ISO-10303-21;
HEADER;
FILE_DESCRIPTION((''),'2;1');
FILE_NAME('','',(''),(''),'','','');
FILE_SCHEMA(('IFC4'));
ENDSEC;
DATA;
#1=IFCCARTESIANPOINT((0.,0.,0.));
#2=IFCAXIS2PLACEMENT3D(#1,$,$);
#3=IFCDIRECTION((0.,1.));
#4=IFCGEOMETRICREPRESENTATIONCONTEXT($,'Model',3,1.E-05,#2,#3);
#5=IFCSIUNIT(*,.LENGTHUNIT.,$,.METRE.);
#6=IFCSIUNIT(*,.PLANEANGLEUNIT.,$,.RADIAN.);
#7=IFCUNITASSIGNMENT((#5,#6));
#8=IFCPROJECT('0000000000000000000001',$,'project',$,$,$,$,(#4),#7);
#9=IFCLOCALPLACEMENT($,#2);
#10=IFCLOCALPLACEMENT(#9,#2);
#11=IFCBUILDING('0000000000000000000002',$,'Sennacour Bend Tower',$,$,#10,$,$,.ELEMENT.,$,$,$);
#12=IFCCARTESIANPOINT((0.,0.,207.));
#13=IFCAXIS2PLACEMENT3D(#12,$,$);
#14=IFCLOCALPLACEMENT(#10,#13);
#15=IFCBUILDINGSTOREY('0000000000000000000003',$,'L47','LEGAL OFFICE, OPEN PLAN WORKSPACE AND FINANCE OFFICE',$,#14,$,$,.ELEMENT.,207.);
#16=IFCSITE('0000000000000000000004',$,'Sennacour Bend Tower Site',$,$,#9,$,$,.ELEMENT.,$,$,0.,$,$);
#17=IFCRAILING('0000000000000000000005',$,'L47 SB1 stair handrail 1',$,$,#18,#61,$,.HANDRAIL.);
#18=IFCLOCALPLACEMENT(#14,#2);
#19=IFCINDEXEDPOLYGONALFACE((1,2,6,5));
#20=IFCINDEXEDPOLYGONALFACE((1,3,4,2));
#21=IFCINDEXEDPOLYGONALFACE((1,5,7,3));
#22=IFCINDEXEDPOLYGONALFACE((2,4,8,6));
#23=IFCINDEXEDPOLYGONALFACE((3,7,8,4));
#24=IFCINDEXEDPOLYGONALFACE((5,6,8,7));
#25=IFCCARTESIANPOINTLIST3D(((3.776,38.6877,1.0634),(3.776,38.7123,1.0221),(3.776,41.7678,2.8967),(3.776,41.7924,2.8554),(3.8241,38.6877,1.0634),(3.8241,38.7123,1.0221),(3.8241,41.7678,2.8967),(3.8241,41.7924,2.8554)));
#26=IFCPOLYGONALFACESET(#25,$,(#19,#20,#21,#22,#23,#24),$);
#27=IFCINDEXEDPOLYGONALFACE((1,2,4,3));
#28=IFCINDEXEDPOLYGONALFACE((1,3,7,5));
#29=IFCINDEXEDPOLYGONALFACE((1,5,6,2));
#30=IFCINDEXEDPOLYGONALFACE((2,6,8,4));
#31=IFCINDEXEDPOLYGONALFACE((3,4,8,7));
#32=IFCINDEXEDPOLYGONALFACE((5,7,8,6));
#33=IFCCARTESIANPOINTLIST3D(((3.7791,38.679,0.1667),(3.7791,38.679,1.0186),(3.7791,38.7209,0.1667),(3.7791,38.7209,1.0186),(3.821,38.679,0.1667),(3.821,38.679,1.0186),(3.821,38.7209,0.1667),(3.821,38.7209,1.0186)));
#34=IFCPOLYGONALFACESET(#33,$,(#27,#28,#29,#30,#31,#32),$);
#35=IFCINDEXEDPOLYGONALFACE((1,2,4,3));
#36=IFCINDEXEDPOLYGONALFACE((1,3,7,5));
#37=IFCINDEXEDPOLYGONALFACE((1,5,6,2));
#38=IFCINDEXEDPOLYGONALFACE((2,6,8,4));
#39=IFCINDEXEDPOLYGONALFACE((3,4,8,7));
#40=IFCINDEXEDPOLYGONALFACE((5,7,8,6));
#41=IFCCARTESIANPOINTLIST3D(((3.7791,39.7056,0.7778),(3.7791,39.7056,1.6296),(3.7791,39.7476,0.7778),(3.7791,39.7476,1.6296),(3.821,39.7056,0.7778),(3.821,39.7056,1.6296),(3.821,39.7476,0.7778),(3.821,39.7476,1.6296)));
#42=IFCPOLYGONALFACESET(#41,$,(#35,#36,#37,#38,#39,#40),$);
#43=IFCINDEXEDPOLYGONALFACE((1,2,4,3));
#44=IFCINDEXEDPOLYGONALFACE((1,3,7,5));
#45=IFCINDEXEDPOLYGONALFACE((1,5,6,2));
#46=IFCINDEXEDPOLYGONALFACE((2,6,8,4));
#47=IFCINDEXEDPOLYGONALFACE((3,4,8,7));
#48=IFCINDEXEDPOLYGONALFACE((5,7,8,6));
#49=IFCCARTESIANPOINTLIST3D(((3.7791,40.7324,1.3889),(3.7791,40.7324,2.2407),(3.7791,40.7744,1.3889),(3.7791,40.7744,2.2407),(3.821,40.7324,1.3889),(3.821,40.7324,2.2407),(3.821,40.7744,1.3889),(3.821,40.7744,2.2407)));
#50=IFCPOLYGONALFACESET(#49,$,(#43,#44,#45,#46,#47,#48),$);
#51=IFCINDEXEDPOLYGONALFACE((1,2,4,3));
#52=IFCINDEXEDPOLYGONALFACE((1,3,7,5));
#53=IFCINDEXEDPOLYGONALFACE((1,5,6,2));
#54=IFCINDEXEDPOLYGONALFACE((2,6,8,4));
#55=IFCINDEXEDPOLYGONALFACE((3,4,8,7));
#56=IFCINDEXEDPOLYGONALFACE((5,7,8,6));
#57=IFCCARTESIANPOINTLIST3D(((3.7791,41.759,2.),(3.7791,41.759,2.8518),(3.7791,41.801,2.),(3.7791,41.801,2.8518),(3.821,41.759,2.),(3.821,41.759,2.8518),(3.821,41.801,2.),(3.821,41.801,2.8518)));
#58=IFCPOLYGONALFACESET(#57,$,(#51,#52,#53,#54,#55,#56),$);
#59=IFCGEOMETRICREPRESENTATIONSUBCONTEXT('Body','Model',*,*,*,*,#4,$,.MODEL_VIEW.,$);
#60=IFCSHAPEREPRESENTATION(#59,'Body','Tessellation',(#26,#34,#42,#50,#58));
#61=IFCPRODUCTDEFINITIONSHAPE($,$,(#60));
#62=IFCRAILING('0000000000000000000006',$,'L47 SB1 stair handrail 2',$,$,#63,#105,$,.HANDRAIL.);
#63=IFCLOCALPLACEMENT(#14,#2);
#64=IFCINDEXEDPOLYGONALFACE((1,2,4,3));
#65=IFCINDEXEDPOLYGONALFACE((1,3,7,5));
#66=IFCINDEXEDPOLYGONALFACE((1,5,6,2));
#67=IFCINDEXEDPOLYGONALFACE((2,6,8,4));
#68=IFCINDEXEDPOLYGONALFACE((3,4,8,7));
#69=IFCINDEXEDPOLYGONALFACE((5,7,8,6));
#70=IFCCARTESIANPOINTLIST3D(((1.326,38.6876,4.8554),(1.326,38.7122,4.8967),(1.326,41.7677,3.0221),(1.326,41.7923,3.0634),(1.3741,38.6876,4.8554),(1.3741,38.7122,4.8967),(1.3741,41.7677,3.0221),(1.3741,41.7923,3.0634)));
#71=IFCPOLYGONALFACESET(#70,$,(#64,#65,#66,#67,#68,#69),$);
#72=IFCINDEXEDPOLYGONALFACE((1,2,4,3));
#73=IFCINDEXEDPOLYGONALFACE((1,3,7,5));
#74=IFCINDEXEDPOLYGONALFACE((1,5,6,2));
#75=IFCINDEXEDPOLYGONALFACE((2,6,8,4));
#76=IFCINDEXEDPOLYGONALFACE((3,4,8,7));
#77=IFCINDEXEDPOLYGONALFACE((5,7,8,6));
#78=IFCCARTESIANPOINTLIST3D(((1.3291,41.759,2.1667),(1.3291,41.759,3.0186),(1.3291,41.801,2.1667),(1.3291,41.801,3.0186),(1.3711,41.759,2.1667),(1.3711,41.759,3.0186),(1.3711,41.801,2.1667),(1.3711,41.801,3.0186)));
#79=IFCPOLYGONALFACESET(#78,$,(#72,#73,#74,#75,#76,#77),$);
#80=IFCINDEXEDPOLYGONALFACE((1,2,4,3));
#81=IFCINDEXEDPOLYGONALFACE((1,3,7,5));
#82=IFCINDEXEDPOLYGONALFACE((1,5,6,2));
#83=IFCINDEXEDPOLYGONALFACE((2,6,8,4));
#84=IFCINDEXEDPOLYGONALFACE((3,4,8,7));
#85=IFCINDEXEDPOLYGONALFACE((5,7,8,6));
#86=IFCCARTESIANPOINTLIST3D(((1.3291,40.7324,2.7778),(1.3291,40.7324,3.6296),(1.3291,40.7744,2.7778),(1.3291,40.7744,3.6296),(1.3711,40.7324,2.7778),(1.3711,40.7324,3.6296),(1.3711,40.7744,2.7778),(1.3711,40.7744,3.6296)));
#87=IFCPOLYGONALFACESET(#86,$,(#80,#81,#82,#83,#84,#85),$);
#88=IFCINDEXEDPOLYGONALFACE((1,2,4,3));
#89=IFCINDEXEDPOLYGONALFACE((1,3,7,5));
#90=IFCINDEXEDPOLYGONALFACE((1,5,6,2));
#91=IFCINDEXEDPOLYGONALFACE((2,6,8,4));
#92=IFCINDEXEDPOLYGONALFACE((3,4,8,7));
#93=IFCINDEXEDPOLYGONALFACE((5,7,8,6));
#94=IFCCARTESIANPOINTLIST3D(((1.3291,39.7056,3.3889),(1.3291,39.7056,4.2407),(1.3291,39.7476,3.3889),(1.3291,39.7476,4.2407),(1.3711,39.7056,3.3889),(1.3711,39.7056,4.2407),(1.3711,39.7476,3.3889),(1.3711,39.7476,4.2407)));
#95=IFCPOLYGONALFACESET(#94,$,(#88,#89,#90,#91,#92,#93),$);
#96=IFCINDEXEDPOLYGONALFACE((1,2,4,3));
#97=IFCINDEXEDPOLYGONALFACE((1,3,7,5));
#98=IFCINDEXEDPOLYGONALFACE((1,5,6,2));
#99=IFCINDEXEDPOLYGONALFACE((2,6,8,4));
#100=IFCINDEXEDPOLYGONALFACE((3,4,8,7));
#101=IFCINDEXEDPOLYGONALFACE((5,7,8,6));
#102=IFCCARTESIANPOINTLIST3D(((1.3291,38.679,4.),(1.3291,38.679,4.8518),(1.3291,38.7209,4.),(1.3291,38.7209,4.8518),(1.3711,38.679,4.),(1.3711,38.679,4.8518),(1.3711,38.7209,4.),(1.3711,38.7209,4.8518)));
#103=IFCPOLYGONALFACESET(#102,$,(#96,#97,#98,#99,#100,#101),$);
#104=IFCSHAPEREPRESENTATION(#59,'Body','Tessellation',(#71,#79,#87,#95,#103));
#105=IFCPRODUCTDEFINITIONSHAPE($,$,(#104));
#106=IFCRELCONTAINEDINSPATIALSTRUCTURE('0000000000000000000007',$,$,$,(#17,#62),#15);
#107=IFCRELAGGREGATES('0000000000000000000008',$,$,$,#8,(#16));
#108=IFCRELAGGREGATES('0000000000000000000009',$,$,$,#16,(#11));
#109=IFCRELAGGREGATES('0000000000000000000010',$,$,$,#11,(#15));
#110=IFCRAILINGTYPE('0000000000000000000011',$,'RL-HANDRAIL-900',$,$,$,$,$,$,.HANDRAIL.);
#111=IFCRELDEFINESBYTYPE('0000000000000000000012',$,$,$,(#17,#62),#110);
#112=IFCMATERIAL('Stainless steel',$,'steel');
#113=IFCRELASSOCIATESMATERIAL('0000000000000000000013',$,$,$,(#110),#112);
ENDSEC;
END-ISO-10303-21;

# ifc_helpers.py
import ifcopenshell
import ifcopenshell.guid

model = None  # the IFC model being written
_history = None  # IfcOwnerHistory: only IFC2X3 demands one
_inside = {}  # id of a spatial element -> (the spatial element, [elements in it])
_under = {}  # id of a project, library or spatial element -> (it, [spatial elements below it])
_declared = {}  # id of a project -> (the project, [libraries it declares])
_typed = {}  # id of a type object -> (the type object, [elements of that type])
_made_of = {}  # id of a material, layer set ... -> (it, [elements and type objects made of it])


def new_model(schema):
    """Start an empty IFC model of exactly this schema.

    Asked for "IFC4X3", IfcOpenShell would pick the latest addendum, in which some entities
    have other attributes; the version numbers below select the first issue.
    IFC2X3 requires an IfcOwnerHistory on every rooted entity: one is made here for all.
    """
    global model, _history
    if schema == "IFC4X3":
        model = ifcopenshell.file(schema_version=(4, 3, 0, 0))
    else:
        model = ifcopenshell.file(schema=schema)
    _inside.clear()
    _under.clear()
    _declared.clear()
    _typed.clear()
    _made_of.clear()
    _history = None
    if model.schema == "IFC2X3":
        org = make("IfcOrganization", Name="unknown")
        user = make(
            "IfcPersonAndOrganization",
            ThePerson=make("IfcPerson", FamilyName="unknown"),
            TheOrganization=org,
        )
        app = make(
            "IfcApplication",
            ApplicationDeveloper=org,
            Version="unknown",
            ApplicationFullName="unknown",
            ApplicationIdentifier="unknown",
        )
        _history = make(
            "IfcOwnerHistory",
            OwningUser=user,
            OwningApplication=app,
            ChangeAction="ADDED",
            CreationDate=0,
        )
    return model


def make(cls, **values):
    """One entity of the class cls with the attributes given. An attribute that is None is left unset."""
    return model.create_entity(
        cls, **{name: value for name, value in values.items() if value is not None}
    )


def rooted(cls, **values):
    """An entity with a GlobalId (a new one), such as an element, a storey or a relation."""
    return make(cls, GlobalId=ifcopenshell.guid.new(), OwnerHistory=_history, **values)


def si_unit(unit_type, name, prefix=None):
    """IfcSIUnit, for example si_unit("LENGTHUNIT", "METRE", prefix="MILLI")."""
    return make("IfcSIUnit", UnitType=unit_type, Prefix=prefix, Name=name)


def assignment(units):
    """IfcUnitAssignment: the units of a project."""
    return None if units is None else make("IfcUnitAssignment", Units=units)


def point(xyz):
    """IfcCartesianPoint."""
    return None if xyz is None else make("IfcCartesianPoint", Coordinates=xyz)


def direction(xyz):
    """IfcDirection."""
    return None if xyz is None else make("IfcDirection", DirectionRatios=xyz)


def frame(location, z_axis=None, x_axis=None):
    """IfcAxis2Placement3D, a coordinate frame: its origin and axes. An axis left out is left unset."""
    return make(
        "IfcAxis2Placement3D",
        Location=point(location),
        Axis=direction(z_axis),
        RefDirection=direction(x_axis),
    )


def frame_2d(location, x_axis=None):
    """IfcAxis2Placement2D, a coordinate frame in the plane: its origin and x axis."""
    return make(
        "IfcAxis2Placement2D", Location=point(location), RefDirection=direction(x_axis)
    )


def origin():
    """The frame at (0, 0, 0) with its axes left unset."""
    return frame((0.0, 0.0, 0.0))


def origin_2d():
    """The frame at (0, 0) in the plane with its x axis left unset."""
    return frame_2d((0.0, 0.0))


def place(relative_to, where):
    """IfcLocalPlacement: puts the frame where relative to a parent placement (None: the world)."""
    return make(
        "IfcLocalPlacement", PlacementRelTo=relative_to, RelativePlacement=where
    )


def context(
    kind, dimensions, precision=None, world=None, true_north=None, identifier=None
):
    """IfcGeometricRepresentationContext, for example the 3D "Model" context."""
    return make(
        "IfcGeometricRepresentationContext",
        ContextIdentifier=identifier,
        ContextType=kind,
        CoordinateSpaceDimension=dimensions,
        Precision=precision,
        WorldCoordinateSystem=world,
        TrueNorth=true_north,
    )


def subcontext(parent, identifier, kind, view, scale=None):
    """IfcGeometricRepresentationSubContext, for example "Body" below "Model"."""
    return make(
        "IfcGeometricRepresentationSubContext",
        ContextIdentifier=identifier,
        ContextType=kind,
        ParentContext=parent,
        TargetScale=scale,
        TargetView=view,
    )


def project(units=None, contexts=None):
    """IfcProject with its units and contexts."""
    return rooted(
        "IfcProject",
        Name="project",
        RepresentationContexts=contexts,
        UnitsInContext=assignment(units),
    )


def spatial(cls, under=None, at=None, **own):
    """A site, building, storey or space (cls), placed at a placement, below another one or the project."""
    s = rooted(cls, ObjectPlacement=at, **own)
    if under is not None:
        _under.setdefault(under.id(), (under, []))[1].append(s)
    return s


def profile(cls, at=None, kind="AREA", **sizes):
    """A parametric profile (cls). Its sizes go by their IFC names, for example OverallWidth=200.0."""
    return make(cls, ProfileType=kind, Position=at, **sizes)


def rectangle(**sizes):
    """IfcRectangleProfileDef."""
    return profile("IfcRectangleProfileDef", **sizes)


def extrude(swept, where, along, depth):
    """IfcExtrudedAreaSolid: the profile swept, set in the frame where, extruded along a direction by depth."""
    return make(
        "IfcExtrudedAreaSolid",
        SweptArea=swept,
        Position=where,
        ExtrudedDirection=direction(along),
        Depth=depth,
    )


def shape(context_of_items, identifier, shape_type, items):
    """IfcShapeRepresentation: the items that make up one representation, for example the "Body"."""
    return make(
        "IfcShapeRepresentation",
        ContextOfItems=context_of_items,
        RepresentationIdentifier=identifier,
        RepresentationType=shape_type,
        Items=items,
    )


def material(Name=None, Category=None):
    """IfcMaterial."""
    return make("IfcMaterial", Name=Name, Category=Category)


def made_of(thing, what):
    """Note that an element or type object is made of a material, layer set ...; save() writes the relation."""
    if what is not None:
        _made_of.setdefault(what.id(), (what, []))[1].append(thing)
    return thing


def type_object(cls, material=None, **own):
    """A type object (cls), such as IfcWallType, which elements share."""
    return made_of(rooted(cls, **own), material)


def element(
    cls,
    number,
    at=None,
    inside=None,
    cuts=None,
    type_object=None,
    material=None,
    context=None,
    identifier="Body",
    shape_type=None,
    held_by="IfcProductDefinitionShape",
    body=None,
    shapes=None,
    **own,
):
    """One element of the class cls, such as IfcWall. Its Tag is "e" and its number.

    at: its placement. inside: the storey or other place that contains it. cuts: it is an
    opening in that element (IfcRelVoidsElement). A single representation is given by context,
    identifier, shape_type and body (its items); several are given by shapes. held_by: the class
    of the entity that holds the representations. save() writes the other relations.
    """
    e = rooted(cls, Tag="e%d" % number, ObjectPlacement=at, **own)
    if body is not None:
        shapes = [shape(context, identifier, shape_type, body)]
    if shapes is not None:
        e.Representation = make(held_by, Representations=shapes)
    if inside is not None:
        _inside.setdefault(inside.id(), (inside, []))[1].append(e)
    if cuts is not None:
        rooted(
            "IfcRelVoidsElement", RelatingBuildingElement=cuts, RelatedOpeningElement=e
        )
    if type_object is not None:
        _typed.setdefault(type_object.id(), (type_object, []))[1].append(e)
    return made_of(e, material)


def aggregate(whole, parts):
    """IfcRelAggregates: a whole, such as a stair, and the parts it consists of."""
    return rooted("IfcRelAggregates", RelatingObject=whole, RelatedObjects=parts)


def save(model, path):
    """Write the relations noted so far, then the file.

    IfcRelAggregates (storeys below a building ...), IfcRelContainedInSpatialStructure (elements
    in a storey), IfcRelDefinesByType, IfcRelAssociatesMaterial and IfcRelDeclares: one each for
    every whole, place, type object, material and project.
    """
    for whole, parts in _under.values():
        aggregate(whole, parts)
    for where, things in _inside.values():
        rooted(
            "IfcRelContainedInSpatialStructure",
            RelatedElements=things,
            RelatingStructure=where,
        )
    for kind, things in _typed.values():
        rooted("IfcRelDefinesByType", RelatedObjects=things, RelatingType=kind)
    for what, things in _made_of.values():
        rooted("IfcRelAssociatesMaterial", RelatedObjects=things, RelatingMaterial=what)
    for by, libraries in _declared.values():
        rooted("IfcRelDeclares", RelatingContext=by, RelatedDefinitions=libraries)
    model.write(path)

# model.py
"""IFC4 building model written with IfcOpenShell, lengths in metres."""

from ifc_helpers import new_model, si_unit, direction, frame, origin, origin_2d, place, context, subcontext, project, spatial, rectangle, extrude, material, type_object, element, save


model = new_model("IFC4")

# Units and contexts
model_context = context("Model", 3, precision=1e-05, world=origin(), true_north=direction((0.0, 1.0)))
body_context = subcontext(model_context, "Body", "Model", "MODEL_VIEW")
ifc_project = project(units=[si_unit("LENGTHUNIT", "METRE"), si_unit("PLANEANGLEUNIT", "RADIAN")], contexts=[model_context])

# Site, building, storey
site_placement = place(None, origin())
site = spatial("IfcSite", under=ifc_project, at=site_placement, Name="Sennacour Bend Tower Site", CompositionType="ELEMENT", RefElevation=0.0)
building_placement = place(site_placement, origin())
building = spatial("IfcBuilding", under=site, at=building_placement, Name="Sennacour Bend Tower", CompositionType="ELEMENT")
storey_placement = place(building_placement, frame((0.0, 0.0, 207.0)))
storey = spatial("IfcBuildingStorey", under=building, at=storey_placement, Name="L47", Description="LEGAL OFFICE, OPEN PLAN WORKSPACE AND FINANCE OFFICE", CompositionType="ELEMENT", Elevation=207.0)

# Railings
ifc_material_1 = material(Name="Stainless steel", Category="steel")
railing_type_1 = type_object("IfcRailingType", Name="RL-HANDRAIL-900", PredefinedType="HANDRAIL", material=ifc_material_1)
railing_1_placement = place(storey_placement, frame((3.8, 38.7, 0.1667)))
element("IfcRailing", 1, at=railing_1_placement, inside=storey, type_object=railing_type_1, Name="L47 SB1 stair handrail 1", PredefinedType="HANDRAIL", context=body_context, shape_type="SweptSolid", body=[
    extrude(rectangle(XDim=0.0481, YDim=0.0481, at=origin_2d()), frame((0.0, 0.0, 0.876), z_axis=(0.0, 0.859309, 0.511458), x_axis=(-1.0, 0.0, 0.0)), (0.0, 0.0, 1.0), 3.5845),
    extrude(rectangle(XDim=0.042, YDim=0.042, at=origin_2d()), origin(), (0.0, 0.0, 1.0), 0.8518),
    extrude(rectangle(XDim=0.042, YDim=0.042, at=origin_2d()), frame((0.0, 1.0266, 0.6111)), (0.0, 0.0, 1.0), 0.8518),
    extrude(rectangle(XDim=0.042, YDim=0.042, at=origin_2d()), frame((0.0, 2.0535, 1.2222)), (0.0, 0.0, 1.0), 0.8518),
    extrude(rectangle(XDim=0.042, YDim=0.042, at=origin_2d()), frame((0.0, 3.0801, 1.8333)), (0.0, 0.0, 1.0), 0.8518),
])
railing_2_placement = place(storey_placement, frame((1.3501, 41.78, 2.1667)))
element("IfcRailing", 2, at=railing_2_placement, inside=storey, type_object=railing_type_1, Name="L47 SB1 stair handrail 2", PredefinedType="HANDRAIL", context=body_context, shape_type="SweptSolid", body=[
    extrude(rectangle(XDim=0.0481, YDim=0.0481, at=origin_2d()), frame((0.0, 0.0, 0.876), z_axis=(0.0, -0.859309, 0.511458), x_axis=(1.0, 0.0, 0.0)), (0.0, 0.0, 1.0), 3.5845),
    extrude(rectangle(XDim=0.042, YDim=0.042, at=origin_2d()), origin(), (0.0, 0.0, 1.0), 0.8518),
    extrude(rectangle(XDim=0.042, YDim=0.042, at=origin_2d()), frame((0.0, -1.0266, 0.6111)), (0.0, 0.0, 1.0), 0.8518),
    extrude(rectangle(XDim=0.042, YDim=0.042, at=origin_2d()), frame((0.0, -2.0535, 1.2222)), (0.0, 0.0, 1.0), 0.8518),
    extrude(rectangle(XDim=0.042, YDim=0.042, at=origin_2d()), frame((0.0, -3.0801, 1.8333)), (0.0, 0.0, 1.0), 0.8518),
])

save(model, "model.ifc")
